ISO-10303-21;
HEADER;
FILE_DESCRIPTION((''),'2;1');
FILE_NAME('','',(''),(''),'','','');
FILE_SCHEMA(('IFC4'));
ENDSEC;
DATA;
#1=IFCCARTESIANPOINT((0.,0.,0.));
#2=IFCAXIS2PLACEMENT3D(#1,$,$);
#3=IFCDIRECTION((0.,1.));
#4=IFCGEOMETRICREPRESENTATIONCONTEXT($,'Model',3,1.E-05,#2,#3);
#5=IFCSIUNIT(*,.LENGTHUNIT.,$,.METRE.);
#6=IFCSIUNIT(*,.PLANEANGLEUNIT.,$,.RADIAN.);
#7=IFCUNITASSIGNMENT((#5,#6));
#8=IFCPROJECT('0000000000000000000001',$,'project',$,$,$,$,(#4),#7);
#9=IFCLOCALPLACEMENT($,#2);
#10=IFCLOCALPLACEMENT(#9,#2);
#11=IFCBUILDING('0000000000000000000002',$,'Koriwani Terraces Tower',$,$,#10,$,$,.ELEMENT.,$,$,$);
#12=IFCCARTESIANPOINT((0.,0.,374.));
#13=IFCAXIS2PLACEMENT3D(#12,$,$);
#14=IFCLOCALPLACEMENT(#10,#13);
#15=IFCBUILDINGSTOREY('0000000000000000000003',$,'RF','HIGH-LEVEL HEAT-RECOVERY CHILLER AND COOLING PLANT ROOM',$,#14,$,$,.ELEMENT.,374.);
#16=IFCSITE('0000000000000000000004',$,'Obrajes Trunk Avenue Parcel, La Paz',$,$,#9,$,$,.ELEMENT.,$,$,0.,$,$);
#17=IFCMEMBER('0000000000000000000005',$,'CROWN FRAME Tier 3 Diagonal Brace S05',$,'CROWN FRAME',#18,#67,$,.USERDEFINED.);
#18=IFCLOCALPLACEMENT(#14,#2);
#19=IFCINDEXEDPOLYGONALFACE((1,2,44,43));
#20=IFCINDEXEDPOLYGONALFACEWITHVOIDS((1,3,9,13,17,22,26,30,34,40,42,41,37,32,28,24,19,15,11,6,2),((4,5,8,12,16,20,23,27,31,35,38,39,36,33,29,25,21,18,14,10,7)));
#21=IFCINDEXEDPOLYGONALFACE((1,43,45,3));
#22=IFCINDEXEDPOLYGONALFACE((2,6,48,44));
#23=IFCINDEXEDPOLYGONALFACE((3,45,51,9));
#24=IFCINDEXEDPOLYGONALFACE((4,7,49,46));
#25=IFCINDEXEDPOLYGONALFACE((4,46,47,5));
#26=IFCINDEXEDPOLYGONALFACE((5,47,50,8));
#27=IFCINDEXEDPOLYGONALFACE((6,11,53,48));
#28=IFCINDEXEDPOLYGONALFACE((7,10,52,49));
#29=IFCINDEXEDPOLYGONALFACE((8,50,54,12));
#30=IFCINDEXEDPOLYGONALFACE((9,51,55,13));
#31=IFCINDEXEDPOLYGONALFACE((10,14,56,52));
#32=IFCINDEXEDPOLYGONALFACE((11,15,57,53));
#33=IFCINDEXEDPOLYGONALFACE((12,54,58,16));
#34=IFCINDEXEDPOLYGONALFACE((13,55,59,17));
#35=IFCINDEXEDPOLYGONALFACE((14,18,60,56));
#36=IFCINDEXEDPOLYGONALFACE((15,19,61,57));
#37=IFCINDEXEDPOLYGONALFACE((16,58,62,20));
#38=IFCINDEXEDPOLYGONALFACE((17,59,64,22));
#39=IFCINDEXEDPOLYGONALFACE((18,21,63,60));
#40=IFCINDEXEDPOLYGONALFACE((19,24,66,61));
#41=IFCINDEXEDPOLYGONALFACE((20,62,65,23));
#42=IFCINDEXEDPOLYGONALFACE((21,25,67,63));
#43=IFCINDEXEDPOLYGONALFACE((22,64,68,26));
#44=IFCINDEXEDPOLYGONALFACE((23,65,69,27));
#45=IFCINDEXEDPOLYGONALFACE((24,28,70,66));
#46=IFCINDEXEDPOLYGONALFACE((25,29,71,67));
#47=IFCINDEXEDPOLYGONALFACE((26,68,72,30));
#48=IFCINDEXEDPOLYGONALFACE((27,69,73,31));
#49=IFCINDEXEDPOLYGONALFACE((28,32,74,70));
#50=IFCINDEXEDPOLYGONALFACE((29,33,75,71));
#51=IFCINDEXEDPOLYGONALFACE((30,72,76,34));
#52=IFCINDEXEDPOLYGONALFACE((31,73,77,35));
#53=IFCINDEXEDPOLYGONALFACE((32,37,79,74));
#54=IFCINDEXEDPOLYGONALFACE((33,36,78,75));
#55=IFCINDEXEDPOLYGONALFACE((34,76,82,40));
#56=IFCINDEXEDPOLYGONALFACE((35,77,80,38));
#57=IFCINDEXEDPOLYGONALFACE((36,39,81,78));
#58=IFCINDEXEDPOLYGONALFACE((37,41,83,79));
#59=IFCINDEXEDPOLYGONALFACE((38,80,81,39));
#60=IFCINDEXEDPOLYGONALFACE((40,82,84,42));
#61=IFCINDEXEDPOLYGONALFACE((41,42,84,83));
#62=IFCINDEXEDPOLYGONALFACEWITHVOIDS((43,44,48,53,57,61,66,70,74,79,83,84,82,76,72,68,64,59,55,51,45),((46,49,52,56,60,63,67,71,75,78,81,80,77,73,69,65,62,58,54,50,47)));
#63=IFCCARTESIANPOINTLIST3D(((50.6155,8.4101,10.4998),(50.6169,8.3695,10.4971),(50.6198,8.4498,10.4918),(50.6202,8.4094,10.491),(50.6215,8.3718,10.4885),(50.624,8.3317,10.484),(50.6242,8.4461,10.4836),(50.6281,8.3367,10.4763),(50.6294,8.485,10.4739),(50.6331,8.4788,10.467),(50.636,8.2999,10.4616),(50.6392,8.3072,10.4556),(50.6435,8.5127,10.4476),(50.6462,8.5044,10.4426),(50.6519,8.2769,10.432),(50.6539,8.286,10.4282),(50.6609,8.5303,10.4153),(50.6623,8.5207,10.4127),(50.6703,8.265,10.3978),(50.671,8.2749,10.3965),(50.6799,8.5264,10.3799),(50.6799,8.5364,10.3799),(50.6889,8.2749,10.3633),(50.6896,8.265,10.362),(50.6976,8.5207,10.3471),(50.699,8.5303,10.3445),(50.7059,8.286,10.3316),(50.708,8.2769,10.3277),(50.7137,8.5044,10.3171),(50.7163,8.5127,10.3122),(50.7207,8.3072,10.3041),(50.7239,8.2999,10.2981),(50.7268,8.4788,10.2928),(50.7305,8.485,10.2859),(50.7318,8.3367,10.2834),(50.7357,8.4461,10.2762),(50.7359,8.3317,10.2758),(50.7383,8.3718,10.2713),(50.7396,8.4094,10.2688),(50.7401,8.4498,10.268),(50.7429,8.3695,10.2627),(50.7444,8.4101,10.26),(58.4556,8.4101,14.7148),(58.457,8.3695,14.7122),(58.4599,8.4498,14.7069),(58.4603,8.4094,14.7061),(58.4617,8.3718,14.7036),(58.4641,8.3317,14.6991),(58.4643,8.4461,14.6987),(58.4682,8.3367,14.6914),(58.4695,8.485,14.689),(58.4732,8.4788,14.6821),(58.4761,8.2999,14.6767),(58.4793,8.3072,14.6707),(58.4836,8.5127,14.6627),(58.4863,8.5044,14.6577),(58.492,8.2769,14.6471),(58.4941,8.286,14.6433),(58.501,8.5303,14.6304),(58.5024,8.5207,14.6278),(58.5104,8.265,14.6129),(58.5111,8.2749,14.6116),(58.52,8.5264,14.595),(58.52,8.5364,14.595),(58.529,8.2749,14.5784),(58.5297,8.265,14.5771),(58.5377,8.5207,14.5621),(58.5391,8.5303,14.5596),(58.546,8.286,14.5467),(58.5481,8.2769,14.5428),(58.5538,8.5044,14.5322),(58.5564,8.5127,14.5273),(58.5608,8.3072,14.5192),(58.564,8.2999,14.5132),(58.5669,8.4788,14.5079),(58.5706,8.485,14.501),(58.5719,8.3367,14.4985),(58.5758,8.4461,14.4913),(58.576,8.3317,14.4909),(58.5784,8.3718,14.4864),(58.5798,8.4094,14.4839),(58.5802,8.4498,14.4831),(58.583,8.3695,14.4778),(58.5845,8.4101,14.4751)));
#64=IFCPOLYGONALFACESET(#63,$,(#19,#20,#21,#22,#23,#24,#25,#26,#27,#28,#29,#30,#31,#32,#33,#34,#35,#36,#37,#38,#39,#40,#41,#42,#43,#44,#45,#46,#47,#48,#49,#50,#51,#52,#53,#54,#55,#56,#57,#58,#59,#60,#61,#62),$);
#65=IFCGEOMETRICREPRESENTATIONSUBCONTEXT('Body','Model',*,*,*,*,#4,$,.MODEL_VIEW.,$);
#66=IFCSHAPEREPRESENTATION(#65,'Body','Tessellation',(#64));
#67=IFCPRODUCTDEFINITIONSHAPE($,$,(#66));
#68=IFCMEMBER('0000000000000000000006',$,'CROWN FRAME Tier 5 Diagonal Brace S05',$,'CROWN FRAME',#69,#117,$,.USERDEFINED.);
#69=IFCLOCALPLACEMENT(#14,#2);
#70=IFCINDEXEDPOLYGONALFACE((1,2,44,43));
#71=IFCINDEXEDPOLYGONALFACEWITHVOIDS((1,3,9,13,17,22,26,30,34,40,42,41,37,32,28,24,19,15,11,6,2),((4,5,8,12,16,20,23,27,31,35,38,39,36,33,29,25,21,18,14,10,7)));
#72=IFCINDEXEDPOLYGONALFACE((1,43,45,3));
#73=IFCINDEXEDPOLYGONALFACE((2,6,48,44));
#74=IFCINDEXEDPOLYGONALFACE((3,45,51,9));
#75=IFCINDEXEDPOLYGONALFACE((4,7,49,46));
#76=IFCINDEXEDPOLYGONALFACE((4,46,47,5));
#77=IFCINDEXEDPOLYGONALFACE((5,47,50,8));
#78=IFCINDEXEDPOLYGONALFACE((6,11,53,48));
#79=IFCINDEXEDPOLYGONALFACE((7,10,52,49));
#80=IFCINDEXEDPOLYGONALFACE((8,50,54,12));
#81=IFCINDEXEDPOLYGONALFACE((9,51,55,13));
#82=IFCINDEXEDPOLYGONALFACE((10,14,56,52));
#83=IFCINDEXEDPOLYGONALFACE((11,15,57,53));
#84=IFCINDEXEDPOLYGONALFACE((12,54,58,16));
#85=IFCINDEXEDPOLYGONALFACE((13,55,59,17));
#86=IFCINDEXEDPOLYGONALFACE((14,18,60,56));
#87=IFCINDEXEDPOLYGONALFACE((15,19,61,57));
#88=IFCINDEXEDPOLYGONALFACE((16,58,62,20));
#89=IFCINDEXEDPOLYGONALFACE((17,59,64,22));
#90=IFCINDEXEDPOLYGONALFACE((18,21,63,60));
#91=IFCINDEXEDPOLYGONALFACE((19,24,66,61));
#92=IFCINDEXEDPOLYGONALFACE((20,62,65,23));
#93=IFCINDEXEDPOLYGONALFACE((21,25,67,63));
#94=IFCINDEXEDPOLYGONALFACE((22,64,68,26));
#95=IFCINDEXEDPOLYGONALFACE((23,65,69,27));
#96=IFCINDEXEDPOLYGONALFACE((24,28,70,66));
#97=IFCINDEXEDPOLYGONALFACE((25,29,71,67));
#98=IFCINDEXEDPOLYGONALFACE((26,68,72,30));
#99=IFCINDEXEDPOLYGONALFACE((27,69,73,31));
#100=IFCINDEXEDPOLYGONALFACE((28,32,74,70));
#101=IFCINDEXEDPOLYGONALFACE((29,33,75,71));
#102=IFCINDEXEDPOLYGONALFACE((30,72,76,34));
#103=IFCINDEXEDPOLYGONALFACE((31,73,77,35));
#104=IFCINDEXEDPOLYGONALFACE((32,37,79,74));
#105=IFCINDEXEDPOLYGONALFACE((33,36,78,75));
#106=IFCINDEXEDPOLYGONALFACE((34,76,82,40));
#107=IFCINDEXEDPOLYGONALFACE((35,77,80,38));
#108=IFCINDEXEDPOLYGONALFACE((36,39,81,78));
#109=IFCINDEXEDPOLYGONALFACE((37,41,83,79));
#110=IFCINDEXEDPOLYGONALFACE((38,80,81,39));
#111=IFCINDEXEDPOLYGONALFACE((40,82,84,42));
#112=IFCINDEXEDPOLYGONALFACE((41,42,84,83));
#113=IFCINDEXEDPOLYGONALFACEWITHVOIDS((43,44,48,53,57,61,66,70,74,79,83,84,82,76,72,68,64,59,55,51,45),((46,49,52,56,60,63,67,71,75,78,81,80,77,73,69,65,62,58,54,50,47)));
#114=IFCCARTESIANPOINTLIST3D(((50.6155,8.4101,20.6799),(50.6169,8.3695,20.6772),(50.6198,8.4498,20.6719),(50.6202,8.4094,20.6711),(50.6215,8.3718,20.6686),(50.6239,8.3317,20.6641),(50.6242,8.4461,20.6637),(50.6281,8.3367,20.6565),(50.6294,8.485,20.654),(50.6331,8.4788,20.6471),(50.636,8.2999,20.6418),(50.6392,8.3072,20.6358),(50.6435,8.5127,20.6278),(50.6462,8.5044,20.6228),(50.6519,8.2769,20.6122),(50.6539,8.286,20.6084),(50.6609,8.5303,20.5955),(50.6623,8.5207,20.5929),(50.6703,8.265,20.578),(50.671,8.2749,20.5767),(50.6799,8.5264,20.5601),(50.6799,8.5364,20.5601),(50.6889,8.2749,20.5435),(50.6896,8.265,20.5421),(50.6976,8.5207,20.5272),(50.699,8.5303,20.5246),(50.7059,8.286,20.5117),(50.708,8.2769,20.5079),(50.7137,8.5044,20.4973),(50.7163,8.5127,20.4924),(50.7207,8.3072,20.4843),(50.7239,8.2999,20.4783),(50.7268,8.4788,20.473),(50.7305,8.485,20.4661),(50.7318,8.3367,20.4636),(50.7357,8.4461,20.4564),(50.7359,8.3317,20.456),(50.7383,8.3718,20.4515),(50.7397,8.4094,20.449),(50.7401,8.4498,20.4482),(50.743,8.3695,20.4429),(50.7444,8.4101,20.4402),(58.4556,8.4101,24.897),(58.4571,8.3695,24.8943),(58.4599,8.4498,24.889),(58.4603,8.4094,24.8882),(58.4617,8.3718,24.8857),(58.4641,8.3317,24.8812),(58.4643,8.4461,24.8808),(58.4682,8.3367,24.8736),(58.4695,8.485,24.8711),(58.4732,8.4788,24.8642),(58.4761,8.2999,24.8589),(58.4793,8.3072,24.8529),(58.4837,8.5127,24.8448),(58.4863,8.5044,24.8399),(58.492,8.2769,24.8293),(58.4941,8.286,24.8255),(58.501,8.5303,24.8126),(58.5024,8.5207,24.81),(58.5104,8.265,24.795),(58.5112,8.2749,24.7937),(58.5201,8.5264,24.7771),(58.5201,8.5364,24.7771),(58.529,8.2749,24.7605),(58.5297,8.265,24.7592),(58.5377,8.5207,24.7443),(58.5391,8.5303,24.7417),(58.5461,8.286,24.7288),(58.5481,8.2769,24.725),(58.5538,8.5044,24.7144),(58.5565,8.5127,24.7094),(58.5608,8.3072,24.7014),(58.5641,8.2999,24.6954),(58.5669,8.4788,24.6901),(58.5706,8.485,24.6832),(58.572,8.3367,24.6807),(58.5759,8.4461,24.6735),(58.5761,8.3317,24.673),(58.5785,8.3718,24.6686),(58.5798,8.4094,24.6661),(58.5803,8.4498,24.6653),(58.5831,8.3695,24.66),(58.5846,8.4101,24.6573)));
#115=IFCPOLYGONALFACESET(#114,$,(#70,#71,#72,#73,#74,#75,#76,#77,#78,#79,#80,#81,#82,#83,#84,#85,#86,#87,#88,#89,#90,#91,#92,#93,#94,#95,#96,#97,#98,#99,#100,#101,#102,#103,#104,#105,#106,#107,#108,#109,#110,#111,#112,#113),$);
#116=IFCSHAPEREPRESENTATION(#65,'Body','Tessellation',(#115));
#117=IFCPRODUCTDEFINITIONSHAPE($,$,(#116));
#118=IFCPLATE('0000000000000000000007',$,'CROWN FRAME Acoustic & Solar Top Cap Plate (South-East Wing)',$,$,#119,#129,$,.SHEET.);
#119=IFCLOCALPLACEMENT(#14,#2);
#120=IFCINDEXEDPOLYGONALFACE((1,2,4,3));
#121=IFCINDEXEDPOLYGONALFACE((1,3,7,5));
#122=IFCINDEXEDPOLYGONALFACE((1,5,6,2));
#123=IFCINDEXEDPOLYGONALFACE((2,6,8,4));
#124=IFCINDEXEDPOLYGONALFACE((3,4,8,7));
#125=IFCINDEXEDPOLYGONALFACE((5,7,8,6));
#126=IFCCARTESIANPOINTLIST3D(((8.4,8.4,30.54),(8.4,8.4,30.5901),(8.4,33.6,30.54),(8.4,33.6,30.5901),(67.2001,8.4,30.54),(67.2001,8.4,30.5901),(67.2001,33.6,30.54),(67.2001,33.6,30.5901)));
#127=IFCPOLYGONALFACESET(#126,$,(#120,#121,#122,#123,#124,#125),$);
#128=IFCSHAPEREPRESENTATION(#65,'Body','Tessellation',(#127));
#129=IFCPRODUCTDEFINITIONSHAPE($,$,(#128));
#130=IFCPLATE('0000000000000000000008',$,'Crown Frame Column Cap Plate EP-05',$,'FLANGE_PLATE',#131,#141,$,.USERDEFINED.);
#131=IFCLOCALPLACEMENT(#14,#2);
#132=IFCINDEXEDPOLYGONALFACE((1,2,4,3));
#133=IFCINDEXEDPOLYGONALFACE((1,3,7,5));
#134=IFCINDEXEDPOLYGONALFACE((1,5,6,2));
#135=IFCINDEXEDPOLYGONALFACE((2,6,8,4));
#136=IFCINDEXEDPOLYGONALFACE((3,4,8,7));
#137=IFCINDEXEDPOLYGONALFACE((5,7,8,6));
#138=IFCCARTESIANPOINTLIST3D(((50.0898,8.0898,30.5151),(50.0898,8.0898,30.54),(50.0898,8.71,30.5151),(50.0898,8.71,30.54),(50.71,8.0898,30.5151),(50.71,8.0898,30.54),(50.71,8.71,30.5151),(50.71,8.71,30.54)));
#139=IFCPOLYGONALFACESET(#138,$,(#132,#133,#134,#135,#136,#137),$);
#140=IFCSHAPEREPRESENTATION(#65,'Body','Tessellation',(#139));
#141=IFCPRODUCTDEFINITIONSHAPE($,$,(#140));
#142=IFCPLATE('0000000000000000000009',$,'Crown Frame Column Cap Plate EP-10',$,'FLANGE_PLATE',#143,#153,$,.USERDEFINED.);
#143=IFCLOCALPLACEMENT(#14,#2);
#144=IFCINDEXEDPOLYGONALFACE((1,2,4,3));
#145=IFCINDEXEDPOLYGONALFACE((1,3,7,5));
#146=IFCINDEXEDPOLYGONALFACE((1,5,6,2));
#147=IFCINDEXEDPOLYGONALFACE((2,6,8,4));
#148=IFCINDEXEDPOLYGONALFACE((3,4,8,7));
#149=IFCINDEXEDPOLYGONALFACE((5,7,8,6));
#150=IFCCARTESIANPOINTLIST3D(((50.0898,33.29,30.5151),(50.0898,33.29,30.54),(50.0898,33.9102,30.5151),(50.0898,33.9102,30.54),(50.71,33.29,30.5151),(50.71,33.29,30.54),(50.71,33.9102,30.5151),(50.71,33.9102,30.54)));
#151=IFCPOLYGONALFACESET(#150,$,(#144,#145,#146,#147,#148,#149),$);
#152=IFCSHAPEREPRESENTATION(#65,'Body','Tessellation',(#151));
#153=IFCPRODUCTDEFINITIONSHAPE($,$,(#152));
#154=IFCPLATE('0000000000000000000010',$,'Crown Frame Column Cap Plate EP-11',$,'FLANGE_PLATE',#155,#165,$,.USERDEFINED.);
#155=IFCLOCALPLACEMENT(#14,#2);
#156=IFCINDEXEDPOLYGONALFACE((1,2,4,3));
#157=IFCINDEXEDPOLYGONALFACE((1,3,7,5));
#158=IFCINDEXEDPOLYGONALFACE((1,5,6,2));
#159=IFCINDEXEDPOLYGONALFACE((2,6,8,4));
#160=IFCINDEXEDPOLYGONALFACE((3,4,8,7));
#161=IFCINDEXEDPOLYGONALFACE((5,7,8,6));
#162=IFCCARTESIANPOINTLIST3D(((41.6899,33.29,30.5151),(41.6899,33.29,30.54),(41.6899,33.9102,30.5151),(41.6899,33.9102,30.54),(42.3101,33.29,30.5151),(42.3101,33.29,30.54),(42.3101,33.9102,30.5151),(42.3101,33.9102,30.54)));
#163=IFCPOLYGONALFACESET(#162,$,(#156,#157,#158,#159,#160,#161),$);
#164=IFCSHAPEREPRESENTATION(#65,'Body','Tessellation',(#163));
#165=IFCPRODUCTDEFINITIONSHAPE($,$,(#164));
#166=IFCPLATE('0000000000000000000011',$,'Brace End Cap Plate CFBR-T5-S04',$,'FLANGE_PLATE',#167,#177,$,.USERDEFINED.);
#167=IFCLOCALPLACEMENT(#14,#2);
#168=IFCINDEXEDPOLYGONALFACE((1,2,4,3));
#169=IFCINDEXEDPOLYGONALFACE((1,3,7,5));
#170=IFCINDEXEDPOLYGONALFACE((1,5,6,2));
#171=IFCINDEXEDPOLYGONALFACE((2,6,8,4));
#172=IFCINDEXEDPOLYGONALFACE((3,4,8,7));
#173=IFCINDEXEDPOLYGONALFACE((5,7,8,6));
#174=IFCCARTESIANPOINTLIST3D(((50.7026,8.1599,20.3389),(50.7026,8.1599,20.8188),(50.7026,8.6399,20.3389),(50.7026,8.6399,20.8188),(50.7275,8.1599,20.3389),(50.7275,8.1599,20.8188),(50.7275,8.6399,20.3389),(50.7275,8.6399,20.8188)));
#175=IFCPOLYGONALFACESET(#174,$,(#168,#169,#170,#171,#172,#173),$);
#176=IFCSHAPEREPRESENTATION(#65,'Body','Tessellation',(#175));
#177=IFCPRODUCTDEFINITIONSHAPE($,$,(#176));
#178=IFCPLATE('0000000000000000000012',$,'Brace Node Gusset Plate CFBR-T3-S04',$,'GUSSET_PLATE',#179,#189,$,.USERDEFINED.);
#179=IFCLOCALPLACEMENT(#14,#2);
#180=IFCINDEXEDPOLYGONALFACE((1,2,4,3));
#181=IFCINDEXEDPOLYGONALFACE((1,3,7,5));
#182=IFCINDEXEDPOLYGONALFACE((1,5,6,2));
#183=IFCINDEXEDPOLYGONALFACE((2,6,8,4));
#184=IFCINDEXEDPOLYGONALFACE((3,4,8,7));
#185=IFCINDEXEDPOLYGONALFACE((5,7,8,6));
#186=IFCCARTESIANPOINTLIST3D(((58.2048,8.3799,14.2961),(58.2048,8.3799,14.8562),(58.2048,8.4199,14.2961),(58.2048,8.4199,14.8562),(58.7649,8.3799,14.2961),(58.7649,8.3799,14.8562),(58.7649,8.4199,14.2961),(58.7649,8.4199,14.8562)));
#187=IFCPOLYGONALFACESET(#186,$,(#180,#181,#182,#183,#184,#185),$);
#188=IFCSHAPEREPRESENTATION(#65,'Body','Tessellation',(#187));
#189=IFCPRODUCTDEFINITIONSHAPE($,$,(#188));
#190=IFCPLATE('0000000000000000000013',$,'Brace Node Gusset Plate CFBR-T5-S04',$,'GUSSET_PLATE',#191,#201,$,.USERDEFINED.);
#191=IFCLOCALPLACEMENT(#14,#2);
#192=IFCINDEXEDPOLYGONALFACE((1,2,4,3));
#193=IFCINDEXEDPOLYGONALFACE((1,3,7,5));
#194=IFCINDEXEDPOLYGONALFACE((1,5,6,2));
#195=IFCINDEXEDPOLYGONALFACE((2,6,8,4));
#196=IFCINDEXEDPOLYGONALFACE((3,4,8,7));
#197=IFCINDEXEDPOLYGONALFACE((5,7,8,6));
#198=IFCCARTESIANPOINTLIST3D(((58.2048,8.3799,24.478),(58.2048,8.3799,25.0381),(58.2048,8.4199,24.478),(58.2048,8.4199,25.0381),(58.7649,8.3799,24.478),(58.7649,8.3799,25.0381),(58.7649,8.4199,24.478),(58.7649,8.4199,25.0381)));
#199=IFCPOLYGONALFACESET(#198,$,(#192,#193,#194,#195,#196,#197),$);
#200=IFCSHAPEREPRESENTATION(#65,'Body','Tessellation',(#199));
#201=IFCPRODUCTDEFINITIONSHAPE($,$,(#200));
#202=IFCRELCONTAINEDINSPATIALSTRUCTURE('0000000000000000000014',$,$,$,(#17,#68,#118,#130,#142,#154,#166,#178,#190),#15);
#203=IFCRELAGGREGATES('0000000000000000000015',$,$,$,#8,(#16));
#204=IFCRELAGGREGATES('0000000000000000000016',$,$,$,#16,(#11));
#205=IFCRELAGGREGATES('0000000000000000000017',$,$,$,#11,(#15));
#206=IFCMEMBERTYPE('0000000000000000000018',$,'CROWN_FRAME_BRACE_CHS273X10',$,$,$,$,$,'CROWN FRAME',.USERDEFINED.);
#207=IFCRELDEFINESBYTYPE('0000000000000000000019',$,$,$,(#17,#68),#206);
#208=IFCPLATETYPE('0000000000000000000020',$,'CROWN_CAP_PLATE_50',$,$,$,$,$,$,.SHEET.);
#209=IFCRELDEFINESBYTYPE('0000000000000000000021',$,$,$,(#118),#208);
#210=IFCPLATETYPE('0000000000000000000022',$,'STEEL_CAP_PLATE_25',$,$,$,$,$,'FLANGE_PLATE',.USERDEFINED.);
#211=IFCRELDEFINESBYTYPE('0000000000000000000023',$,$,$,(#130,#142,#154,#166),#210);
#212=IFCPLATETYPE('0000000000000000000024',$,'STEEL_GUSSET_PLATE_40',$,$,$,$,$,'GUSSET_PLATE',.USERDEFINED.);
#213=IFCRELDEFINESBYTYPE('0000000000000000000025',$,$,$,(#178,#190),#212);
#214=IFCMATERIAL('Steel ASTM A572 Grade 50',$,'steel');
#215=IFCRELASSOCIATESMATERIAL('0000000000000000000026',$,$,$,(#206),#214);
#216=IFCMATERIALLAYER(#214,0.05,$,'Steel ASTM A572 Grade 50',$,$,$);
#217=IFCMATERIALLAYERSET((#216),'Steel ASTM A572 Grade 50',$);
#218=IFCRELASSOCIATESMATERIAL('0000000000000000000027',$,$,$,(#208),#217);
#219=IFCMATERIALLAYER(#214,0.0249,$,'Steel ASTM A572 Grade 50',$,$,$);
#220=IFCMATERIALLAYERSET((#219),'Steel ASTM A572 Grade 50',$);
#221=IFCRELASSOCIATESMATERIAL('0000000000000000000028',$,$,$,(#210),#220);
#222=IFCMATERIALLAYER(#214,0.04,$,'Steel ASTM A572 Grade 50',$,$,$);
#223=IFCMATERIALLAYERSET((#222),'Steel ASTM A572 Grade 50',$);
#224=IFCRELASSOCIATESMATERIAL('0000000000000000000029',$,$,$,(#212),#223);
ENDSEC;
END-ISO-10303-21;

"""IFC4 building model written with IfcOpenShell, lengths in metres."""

from ifc_helpers import new_model, si_unit, direction, frame, origin, origin_2d, place, context, subcontext, project, spatial, rectangle, hollow_circle, extrude, material, layer, layer_set, material_profile, profile_set, type_object, element, save


model = new_model("IFC4")

# Units and contexts
model_context = context("Model", 3, precision=1e-05, world=origin(), true_north=direction((0.0, 1.0)))
body_context = subcontext(model_context, "Body", "Model", "MODEL_VIEW")
ifc_project = project(units=[si_unit("LENGTHUNIT", "METRE"), si_unit("PLANEANGLEUNIT", "RADIAN")], contexts=[model_context])

# Site, building, storey
site_placement = place(None, origin())
site = spatial("IfcSite", under=ifc_project, at=site_placement, Name="Obrajes Trunk Avenue Parcel, La Paz", CompositionType="ELEMENT", RefElevation=0.0)
building_placement = place(site_placement, origin())
building = spatial("IfcBuilding", under=site, at=building_placement, Name="Koriwani Terraces Tower", CompositionType="ELEMENT")
storey_placement = place(building_placement, frame((0.0, 0.0, 374.0)))
storey = spatial("IfcBuildingStorey", under=building, at=storey_placement, Name="RF", Description="HIGH-LEVEL HEAT-RECOVERY CHILLER AND COOLING PLANT ROOM", CompositionType="ELEMENT", Elevation=374.0)

# Shared definitions
ifc_material = material(Name="Steel ASTM A572 Grade 50", Category="steel")

# Members
ifc_material_profile_1 = material_profile(ifc_material, hollow_circle(Radius=0.1365, WallThickness=0.01, at=origin_2d()), Name="Steel ASTM A572 Grade 50", Category="LoadBearing")
ifc_profile_set_1 = profile_set([ifc_material_profile_1], Name="Steel ASTM A572 Grade 50")
member_type = type_object("IfcMemberType", Name="CROWN_FRAME_BRACE_CHS273X10", ElementType="CROWN FRAME", PredefinedType="USERDEFINED", material=ifc_profile_set_1)
member_1_placement = place(storey_placement, frame((50.6799, 8.3999, 10.3799), z_axis=(0.880776, 0.0, 0.473534), x_axis=(0.0, 1.0, 0.0)))
element("IfcMember", 1, at=member_1_placement, inside=storey, type_object=member_type, Name="CROWN FRAME Tier 3 Diagonal Brace S05", ObjectType="CROWN FRAME", PredefinedType="USERDEFINED", context=body_context, shape_type="SweptSolid", body=[
    extrude(hollow_circle(Radius=0.1365, WallThickness=0.01, at=origin_2d()), origin(), (0.0, 0.0, 1.0), 8.9014),
])
member_2_placement = place(storey_placement, frame((50.6799, 8.3999, 20.5601), z_axis=(0.880684, 0.0, 0.473704), x_axis=(0.0, 1.0, 0.0)))
element("IfcMember", 2, at=member_2_placement, inside=storey, type_object=member_type, Name="CROWN FRAME Tier 5 Diagonal Brace S05", ObjectType="CROWN FRAME", PredefinedType="USERDEFINED", context=body_context, shape_type="SweptSolid", body=[
    extrude(hollow_circle(Radius=0.1365, WallThickness=0.01, at=origin_2d()), origin(), (0.0, 0.0, 1.0), 8.9023),
])

# Plates
ifc_layer_1 = layer(ifc_material, 0.05, Name="Steel ASTM A572 Grade 50")
ifc_layer_set_1 = layer_set([ifc_layer_1], Name="Steel ASTM A572 Grade 50")
plate_type_1 = type_object("IfcPlateType", Name="CROWN_CAP_PLATE_50", PredefinedType="SHEET", material=ifc_layer_set_1)
plate_1_placement = place(storey_placement, frame((37.8, 21.0, 30.54), z_axis=(0.0, 0.0, 1.0), x_axis=(1.0, 0.0, 0.0)))
element("IfcPlate", 3, at=plate_1_placement, inside=storey, type_object=plate_type_1, Name="CROWN FRAME Acoustic & Solar Top Cap Plate (South-East Wing)", PredefinedType="SHEET", context=body_context, shape_type="SweptSolid", body=[
    extrude(rectangle(XDim=58.8, YDim=25.2, at=origin_2d()), origin(), (0.0, 0.0, 1.0), 0.05),
])
ifc_layer_2 = layer(ifc_material, 0.0249, Name="Steel ASTM A572 Grade 50")
ifc_layer_set_2 = layer_set([ifc_layer_2], Name="Steel ASTM A572 Grade 50")
plate_type_2 = type_object("IfcPlateType", Name="STEEL_CAP_PLATE_25", ElementType="FLANGE_PLATE", PredefinedType="USERDEFINED", material=ifc_layer_set_2)
for number, where, z_axis, x_axis, name in (
    (4, (50.3999, 8.3999, 30.5151), (0.0, 0.0, 1.0), (1.0, 0.0, 0.0), "Crown Frame Column Cap Plate EP-05"),
    (5, (50.3999, 33.6001, 30.5151), (0.0, 0.0, 1.0), (1.0, 0.0, 0.0), "Crown Frame Column Cap Plate EP-10"),
    (6, (42.0, 33.6001, 30.5151), (0.0, 0.0, 1.0), (1.0, 0.0, 0.0), "Crown Frame Column Cap Plate EP-11"),
):
    element("IfcPlate", number, at=place(storey_placement, frame(where, z_axis=z_axis, x_axis=x_axis)), inside=storey, type_object=plate_type_2, Name=name, ObjectType="FLANGE_PLATE", PredefinedType="USERDEFINED", context=body_context, shape_type="SweptSolid", body=[
        extrude(rectangle(XDim=0.6201, YDim=0.6201, at=origin_2d()), origin(), (0.0, 0.0, 1.0), 0.0249),
    ])
plate_2_placement = place(storey_placement, frame((50.7151, 8.3999, 20.3389), z_axis=(0.0, 0.0, 1.0), x_axis=(1.0, 0.0, 0.0)))
element("IfcPlate", 7, at=plate_2_placement, inside=storey, type_object=plate_type_2, Name="Brace End Cap Plate CFBR-T5-S04", ObjectType="FLANGE_PLATE", PredefinedType="USERDEFINED", context=body_context, shape_type="SweptSolid", body=[
    extrude(rectangle(XDim=0.0249, YDim=0.48, at=origin_2d()), origin(), (0.0, 0.0, 1.0), 0.48),
])
ifc_layer_3 = layer(ifc_material, 0.04, Name="Steel ASTM A572 Grade 50")
ifc_layer_set_3 = layer_set([ifc_layer_3], Name="Steel ASTM A572 Grade 50")
plate_type_3 = type_object("IfcPlateType", Name="STEEL_GUSSET_PLATE_40", ElementType="GUSSET_PLATE", PredefinedType="USERDEFINED", material=ifc_layer_set_3)
for number, where, z_axis, x_axis, name in (
    (8, (58.4849, 8.3999, 14.2961), (0.0, 0.0, 1.0), (1.0, 0.0, 0.0), "Brace Node Gusset Plate CFBR-T3-S04"),
    (9, (58.4849, 8.3999, 24.478), (0.0, 0.0, 1.0), (1.0, 0.0, 0.0), "Brace Node Gusset Plate CFBR-T5-S04"),
):
    element("IfcPlate", number, at=place(storey_placement, frame(where, z_axis=z_axis, x_axis=x_axis)), inside=storey, type_object=plate_type_3, Name=name, ObjectType="GUSSET_PLATE", PredefinedType="USERDEFINED", context=body_context, shape_type="SweptSolid", body=[
        extrude(rectangle(XDim=0.5601, YDim=0.04, at=origin_2d()), origin(), (0.0, 0.0, 1.0), 0.5601),
    ])

save(model, "model.ifc")
